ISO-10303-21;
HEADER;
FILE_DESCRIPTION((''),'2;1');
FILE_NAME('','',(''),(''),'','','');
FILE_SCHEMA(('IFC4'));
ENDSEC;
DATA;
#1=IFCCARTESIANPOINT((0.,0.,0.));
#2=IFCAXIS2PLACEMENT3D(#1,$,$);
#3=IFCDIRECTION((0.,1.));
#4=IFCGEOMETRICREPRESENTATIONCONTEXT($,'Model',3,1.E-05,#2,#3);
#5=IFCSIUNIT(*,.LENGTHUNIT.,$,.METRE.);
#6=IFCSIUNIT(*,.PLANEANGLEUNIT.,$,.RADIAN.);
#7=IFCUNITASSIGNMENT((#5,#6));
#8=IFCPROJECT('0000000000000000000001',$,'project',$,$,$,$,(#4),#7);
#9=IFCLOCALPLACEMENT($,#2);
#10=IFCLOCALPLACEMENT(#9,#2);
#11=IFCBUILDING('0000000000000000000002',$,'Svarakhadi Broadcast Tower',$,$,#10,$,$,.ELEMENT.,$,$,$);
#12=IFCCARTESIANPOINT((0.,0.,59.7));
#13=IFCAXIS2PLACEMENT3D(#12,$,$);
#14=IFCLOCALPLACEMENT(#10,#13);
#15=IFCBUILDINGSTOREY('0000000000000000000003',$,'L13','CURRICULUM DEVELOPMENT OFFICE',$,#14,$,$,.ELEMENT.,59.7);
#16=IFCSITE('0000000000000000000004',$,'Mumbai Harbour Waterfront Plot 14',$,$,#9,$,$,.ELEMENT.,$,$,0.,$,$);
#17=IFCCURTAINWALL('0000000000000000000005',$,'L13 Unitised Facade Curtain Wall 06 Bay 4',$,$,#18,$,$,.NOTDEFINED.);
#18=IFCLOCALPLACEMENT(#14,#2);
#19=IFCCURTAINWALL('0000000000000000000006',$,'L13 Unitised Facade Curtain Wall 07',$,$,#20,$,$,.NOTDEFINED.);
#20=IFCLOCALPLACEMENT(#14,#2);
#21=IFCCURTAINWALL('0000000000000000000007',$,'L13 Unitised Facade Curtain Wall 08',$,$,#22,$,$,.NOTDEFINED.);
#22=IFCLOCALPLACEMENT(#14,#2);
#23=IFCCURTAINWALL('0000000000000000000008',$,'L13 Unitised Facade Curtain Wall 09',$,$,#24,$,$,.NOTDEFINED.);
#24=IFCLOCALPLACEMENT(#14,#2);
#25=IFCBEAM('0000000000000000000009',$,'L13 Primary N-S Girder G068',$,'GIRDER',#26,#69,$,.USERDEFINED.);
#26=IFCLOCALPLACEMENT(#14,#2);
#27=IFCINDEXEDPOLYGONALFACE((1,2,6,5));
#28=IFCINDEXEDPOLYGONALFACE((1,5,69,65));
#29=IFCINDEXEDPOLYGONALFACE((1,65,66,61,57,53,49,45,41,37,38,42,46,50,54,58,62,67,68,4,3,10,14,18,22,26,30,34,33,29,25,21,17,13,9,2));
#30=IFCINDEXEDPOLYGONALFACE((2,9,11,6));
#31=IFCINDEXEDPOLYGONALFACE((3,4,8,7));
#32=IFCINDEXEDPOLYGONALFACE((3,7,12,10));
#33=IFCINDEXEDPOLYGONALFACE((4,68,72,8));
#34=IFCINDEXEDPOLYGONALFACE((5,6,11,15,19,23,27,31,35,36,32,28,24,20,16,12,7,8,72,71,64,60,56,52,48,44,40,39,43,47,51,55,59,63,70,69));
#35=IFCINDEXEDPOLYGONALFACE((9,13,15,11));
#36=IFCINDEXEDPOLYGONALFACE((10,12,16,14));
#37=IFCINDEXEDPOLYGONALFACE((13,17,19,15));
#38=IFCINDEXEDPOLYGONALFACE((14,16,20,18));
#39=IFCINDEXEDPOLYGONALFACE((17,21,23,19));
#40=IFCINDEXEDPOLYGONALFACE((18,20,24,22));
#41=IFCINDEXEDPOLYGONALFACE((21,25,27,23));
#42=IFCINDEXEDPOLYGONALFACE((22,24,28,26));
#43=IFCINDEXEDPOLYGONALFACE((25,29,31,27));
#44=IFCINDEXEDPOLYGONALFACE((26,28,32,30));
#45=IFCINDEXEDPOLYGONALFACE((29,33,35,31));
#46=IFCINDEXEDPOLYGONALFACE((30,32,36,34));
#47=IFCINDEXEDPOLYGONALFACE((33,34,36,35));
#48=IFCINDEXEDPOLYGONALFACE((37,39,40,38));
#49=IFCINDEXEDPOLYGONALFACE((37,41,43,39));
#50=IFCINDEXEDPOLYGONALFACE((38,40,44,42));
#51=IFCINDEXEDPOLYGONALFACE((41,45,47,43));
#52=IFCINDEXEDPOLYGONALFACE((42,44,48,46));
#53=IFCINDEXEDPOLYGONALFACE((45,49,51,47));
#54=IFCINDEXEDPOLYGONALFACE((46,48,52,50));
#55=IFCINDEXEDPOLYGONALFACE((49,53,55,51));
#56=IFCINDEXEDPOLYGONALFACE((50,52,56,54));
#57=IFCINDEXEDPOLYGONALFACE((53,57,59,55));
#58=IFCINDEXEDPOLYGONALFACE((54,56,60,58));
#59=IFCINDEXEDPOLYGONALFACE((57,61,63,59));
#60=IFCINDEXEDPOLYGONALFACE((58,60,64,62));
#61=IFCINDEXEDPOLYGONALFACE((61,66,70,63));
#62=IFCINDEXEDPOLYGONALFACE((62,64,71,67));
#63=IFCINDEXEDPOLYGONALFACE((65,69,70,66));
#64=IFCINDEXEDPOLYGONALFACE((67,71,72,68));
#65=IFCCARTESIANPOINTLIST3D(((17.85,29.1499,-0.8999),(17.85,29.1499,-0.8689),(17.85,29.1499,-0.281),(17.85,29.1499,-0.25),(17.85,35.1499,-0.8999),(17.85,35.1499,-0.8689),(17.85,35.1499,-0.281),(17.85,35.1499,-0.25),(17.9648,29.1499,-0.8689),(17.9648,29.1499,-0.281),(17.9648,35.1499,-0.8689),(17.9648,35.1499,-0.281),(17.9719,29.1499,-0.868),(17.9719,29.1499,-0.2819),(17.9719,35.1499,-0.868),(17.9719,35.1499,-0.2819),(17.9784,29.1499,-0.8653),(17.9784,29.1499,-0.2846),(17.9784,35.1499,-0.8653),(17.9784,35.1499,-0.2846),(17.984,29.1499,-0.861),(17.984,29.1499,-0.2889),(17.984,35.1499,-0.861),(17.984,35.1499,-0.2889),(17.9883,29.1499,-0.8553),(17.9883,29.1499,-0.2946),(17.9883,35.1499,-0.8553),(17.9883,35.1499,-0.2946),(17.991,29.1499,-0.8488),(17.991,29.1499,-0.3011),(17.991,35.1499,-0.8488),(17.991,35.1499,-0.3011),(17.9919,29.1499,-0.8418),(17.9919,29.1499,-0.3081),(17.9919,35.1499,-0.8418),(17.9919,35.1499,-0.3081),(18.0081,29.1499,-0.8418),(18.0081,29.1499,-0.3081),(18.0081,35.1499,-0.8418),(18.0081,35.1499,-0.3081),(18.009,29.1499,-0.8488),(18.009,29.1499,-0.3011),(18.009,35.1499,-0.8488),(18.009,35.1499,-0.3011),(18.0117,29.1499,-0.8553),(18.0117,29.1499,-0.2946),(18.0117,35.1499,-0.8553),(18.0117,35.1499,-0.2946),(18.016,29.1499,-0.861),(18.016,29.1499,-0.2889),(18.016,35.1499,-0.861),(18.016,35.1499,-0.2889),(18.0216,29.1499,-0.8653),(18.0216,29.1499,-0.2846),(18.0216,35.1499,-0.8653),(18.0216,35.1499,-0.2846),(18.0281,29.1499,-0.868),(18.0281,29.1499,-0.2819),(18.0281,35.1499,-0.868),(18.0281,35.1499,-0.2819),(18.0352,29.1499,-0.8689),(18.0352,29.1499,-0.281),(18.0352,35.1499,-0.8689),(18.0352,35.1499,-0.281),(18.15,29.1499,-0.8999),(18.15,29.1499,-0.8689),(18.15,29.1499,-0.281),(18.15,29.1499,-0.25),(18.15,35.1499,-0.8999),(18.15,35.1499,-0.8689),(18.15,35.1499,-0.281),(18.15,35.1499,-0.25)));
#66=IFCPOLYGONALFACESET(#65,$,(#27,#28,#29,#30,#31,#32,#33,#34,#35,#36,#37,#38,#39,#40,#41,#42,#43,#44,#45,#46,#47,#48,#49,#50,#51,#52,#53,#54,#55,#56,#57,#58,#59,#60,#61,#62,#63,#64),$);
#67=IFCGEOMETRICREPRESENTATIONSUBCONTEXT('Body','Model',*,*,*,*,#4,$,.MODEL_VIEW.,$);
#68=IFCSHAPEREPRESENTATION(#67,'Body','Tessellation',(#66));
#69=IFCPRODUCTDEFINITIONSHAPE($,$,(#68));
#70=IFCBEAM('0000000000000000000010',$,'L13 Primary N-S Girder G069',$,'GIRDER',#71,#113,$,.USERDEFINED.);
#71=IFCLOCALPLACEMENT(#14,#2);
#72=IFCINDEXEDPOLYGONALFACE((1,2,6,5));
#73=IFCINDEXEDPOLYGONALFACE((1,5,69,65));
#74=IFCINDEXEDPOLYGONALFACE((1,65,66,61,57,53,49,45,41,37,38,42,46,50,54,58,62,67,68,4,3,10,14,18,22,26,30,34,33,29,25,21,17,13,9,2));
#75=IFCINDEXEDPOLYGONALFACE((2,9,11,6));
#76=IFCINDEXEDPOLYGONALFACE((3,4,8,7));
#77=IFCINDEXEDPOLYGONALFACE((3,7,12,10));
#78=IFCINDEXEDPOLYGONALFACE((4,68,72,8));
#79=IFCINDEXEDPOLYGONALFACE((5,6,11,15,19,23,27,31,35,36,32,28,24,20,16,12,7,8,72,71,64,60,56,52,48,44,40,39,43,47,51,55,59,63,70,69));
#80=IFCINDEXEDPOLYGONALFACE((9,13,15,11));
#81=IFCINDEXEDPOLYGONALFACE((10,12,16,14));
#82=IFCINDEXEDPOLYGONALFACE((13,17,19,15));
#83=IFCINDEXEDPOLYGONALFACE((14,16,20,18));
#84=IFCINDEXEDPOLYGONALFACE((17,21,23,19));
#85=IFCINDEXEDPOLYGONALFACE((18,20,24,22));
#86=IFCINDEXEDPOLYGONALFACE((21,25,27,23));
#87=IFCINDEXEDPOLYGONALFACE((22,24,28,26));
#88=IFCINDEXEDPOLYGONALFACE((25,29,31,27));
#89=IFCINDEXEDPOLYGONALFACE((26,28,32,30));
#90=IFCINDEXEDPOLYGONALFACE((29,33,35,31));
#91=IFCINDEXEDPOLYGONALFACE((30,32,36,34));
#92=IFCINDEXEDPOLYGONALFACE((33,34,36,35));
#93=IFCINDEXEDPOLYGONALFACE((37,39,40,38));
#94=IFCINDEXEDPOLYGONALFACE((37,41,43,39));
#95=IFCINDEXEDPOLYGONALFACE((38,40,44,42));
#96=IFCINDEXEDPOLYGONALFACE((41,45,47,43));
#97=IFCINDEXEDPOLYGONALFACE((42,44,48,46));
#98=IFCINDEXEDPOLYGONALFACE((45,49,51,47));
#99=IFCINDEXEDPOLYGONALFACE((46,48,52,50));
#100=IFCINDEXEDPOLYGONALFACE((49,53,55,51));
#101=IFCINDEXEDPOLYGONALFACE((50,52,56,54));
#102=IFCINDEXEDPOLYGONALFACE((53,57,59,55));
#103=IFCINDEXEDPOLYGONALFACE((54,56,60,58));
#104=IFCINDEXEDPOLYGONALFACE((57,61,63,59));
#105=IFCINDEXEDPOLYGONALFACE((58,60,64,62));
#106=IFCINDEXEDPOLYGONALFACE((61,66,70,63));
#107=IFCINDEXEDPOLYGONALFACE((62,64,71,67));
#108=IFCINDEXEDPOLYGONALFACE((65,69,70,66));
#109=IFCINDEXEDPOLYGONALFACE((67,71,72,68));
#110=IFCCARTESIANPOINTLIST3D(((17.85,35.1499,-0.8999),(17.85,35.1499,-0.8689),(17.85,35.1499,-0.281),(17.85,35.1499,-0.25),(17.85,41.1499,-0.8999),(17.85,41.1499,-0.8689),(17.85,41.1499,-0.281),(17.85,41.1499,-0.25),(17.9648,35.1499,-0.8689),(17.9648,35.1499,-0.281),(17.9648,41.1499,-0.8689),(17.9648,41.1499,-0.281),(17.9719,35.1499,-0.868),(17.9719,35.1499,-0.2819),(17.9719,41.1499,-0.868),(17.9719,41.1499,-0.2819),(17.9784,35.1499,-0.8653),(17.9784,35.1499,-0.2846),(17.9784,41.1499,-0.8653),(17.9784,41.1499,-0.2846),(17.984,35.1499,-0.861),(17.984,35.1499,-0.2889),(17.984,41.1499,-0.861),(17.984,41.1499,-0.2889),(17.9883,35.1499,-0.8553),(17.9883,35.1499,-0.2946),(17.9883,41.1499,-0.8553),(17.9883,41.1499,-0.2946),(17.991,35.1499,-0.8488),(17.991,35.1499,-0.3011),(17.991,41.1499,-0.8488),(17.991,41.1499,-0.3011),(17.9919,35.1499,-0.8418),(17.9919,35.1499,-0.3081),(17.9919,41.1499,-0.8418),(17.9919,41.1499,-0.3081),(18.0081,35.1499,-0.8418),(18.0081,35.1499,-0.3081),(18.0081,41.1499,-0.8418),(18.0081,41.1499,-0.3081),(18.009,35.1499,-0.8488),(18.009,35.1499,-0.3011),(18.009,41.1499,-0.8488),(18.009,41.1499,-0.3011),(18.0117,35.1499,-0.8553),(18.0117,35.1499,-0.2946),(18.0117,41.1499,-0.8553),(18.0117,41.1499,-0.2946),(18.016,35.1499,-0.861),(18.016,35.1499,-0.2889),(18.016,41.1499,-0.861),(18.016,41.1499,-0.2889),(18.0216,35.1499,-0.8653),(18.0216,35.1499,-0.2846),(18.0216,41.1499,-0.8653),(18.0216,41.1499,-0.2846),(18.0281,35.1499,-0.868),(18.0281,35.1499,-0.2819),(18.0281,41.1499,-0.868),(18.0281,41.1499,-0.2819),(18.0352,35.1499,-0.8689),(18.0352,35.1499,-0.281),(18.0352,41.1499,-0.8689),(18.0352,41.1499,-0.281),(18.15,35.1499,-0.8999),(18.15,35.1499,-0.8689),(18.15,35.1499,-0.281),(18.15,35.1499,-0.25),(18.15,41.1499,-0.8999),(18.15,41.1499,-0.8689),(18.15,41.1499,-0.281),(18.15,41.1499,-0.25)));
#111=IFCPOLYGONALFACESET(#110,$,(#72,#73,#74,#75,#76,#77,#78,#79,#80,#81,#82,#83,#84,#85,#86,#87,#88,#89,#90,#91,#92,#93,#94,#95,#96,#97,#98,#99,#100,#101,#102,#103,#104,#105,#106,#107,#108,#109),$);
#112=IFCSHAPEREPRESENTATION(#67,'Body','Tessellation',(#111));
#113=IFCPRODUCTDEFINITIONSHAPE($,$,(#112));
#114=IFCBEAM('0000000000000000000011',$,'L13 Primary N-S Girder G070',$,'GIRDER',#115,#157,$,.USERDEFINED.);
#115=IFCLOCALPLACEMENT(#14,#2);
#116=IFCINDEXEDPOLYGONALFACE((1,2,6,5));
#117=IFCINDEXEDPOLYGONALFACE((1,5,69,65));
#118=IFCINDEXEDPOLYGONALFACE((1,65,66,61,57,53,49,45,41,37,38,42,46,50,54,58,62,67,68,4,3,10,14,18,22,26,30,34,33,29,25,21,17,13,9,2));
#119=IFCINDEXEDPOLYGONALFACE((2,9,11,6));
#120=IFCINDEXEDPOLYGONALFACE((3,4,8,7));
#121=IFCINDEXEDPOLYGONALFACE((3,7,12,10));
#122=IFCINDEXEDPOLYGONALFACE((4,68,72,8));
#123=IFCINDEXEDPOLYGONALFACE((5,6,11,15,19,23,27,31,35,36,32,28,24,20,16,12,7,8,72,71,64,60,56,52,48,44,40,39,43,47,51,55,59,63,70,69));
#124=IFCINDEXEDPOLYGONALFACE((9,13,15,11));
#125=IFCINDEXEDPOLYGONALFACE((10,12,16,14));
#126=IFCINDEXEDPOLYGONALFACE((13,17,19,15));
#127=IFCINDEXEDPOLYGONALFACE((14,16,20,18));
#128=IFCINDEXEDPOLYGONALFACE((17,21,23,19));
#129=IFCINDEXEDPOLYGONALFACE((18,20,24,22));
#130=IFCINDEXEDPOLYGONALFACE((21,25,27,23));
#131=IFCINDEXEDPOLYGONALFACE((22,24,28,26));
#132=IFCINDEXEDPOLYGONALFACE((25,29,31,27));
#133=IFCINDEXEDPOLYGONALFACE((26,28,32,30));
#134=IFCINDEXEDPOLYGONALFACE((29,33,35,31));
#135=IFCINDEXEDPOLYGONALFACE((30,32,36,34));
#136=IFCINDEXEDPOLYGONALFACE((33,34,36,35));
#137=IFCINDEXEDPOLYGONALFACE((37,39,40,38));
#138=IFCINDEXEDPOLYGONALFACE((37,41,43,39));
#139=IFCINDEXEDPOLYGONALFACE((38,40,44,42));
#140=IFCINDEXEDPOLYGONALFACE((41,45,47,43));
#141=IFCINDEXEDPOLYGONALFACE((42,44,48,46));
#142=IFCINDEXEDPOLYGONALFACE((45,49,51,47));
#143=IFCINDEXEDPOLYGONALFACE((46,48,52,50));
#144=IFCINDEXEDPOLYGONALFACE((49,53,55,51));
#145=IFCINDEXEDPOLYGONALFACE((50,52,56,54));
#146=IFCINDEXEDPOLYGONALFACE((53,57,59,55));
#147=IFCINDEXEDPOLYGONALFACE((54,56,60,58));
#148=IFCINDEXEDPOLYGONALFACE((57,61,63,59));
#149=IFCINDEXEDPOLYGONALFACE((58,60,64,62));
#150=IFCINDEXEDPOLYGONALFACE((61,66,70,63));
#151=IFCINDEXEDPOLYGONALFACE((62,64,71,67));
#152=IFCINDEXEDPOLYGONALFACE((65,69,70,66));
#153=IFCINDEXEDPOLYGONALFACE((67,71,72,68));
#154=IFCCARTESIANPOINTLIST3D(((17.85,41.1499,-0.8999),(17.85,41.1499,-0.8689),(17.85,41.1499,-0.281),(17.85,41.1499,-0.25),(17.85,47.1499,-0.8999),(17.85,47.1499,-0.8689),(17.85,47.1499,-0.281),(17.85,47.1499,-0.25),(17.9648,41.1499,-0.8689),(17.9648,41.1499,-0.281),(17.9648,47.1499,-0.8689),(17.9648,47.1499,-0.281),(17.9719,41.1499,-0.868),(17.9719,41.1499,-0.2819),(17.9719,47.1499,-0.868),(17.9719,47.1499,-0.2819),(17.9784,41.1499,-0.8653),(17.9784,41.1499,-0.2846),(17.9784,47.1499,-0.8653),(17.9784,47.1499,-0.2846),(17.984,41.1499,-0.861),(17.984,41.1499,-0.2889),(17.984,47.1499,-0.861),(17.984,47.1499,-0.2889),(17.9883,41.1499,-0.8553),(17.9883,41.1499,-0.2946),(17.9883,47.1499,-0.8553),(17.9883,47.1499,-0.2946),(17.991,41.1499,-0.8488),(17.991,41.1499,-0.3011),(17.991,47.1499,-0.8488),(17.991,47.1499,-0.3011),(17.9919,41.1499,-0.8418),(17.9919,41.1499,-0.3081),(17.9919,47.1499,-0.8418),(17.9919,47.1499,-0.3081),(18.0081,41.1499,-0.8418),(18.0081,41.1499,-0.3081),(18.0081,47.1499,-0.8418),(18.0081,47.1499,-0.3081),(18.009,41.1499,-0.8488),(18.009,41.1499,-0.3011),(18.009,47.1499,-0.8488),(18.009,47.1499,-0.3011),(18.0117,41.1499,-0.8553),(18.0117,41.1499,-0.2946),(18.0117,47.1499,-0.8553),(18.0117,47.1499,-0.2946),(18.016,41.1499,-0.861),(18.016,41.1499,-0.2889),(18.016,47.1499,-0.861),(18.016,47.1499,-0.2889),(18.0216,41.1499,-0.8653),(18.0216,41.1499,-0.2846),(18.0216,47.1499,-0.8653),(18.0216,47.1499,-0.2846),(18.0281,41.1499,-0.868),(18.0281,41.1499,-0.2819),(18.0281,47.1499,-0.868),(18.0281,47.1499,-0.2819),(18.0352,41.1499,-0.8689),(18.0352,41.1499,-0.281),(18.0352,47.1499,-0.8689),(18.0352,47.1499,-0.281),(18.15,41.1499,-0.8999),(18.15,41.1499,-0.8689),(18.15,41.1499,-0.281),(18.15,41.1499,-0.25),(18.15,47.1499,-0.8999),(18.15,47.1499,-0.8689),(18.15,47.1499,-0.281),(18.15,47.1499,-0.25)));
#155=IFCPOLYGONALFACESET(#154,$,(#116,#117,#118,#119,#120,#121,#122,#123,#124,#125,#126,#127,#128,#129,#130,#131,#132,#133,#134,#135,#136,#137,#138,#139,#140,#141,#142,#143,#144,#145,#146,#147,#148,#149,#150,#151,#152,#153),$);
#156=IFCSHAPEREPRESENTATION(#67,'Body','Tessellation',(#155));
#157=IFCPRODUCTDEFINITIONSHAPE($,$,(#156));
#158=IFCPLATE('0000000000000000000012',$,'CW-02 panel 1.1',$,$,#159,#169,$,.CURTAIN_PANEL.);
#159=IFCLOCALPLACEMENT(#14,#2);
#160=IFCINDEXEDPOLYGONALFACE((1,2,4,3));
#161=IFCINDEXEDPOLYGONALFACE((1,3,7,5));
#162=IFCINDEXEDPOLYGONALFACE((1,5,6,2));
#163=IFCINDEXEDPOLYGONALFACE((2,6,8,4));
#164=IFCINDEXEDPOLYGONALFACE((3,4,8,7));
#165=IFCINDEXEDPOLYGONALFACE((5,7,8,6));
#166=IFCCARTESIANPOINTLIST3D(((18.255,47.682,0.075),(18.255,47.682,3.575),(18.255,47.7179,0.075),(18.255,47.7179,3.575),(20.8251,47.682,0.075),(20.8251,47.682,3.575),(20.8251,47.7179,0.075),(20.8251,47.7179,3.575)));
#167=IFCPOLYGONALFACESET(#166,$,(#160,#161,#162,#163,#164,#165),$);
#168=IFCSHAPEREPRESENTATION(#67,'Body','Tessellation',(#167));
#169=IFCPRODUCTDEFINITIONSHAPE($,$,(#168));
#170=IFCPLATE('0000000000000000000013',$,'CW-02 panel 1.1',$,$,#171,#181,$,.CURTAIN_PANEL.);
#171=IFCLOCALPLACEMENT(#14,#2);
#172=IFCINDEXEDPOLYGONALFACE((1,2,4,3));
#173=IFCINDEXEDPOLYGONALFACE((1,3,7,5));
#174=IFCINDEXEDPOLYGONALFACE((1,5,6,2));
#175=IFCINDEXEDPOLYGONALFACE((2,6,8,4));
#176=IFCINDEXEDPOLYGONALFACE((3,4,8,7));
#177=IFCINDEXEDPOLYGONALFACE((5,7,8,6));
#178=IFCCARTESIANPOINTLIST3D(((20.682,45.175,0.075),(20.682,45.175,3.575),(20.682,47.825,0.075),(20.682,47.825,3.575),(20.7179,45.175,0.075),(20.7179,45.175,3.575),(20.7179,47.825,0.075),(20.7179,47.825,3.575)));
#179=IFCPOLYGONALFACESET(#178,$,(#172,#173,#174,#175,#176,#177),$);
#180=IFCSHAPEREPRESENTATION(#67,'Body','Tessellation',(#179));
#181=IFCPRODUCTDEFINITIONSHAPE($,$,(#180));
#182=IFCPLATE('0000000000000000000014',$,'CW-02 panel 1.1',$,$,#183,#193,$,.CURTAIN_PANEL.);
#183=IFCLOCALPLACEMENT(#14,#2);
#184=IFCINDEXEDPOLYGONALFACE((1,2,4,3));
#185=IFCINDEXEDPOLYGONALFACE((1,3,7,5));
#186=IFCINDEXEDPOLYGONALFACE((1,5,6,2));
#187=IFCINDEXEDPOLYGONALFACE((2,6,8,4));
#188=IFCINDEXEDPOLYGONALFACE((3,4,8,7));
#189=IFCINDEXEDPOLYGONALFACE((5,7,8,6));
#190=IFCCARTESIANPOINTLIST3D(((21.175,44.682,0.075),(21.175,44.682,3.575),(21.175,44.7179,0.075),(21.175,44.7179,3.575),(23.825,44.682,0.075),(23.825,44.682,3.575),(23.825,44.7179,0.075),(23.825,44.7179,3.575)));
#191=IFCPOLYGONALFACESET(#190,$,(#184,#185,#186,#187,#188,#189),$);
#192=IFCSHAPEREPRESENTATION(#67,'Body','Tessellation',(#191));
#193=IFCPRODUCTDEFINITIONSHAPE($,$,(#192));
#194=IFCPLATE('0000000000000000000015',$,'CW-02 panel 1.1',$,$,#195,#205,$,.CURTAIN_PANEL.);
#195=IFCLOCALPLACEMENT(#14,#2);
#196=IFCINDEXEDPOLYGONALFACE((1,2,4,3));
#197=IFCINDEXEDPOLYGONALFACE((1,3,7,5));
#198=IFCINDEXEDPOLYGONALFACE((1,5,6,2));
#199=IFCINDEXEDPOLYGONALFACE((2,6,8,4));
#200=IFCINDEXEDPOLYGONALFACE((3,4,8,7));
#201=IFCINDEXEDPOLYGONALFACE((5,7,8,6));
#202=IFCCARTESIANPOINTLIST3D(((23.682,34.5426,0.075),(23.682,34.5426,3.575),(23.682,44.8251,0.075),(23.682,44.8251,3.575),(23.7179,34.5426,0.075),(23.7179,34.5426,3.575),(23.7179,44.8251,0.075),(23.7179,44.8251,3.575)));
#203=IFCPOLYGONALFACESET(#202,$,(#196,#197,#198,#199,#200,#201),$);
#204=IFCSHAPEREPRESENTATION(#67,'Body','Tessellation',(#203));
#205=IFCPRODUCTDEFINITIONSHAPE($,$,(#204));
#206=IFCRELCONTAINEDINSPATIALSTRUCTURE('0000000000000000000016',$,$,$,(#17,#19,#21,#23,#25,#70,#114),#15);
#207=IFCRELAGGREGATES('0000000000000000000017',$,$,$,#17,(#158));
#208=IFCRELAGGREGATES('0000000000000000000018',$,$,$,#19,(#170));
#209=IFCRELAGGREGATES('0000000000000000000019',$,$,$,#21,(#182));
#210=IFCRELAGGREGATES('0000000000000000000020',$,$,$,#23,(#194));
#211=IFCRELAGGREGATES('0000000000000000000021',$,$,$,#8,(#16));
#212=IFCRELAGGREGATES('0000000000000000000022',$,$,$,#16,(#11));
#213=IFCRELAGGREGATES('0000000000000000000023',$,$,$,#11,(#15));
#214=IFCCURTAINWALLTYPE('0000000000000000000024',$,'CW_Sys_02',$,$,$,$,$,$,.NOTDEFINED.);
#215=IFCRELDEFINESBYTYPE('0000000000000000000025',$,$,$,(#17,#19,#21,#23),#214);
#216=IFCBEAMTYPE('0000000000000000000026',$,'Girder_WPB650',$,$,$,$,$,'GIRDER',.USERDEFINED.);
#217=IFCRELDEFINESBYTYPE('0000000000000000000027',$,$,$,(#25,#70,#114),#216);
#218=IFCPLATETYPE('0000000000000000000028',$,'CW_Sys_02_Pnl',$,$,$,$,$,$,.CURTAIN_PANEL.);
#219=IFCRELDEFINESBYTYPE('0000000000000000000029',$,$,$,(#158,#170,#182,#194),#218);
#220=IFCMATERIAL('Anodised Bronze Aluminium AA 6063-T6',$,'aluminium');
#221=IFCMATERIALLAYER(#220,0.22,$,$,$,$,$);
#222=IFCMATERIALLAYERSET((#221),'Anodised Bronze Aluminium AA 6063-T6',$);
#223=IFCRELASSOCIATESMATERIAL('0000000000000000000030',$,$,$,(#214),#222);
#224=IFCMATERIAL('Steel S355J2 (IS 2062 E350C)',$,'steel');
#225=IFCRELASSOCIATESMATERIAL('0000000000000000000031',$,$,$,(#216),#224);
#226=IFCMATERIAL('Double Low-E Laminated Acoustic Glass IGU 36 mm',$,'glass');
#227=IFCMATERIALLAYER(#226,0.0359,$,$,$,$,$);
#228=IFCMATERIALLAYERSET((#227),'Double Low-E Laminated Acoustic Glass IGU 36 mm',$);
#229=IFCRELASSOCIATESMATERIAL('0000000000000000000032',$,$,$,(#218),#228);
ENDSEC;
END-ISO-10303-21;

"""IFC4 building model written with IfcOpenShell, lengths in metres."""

from ifc_helpers import new_model, si_unit, direction, frame, origin, origin_2d, place, context, subcontext, project, spatial, rectangle, i_section, extrude, material, layer, layer_set, material_profile, profile_set, type_object, element, aggregate, save


model = new_model("IFC4")

# Units and contexts
model_context = context("Model", 3, precision=1e-05, world=origin(), true_north=direction((0.0, 1.0)))
body_context = subcontext(model_context, "Body", "Model", "MODEL_VIEW")
ifc_project = project(units=[si_unit("LENGTHUNIT", "METRE"), si_unit("PLANEANGLEUNIT", "RADIAN")], contexts=[model_context])

# Site, building, storey
site_placement = place(None, origin())
site = spatial("IfcSite", under=ifc_project, at=site_placement, Name="Mumbai Harbour Waterfront Plot 14", CompositionType="ELEMENT", RefElevation=0.0)
building_placement = place(site_placement, origin())
building = spatial("IfcBuilding", under=site, at=building_placement, Name="Svarakhadi Broadcast Tower", CompositionType="ELEMENT")
storey_placement = place(building_placement, frame((0.0, 0.0, 59.7)))
storey = spatial("IfcBuildingStorey", under=building, at=storey_placement, Name="L13", Description="CURRICULUM DEVELOPMENT OFFICE", CompositionType="ELEMENT", Elevation=59.7)

# Curtain walls
ifc_material_1 = material(Name="Anodised Bronze Aluminium AA 6063-T6", Category="aluminium")
ifc_layer_1 = layer(ifc_material_1, 0.22)
ifc_layer_set_1 = layer_set([ifc_layer_1], Name="Anodised Bronze Aluminium AA 6063-T6")
curtain_wall_type = type_object("IfcCurtainWallType", Name="CW_Sys_02", PredefinedType="NOTDEFINED", material=ifc_layer_set_1)
curtain_wall_1_placement = place(storey_placement, origin())
curtain_wall_1 = element("IfcCurtainWall", 1, at=curtain_wall_1_placement, inside=storey, type_object=curtain_wall_type, Name="L13 Unitised Facade Curtain Wall 06 Bay 4", PredefinedType="NOTDEFINED")
curtain_wall_2_placement = place(storey_placement, origin())
curtain_wall_2 = element("IfcCurtainWall", 2, at=curtain_wall_2_placement, inside=storey, type_object=curtain_wall_type, Name="L13 Unitised Facade Curtain Wall 07", PredefinedType="NOTDEFINED")
curtain_wall_3_placement = place(storey_placement, origin())
curtain_wall_3 = element("IfcCurtainWall", 3, at=curtain_wall_3_placement, inside=storey, type_object=curtain_wall_type, Name="L13 Unitised Facade Curtain Wall 08", PredefinedType="NOTDEFINED")
curtain_wall_4_placement = place(storey_placement, origin())
curtain_wall_4 = element("IfcCurtainWall", 4, at=curtain_wall_4_placement, inside=storey, type_object=curtain_wall_type, Name="L13 Unitised Facade Curtain Wall 09", PredefinedType="NOTDEFINED")

# Beams
ifc_material_2 = material(Name="Steel S355J2 (IS 2062 E350C)", Category="steel")
ifc_material_profile_1 = material_profile(ifc_material_2, i_section(OverallWidth=0.3, OverallDepth=0.6499, WebThickness=0.0161, FlangeThickness=0.031, FilletRadius=0.0271, at=origin_2d()), Name="WPB 650x300x225")
ifc_profile_set_1 = profile_set([ifc_material_profile_1], Name="Steel S355J2 (IS 2062 E350C)")
beam_type = type_object("IfcBeamType", Name="Girder_WPB650", ElementType="GIRDER", PredefinedType="USERDEFINED", material=ifc_profile_set_1)
for number, where, z_axis, x_axis, name in (
    (5, (18.0, 29.1499, -0.575), (0.0, 1.0, 0.0), (-1.0, 0.0, 0.0), "L13 Primary N-S Girder G068"),
    (6, (18.0, 35.1499, -0.575), (0.0, 1.0, 0.0), (-1.0, 0.0, 0.0), "L13 Primary N-S Girder G069"),
    (7, (18.0, 41.1499, -0.575), (0.0, 1.0, 0.0), (-1.0, 0.0, 0.0), "L13 Primary N-S Girder G070"),
):
    element("IfcBeam", number, at=place(storey_placement, frame(where, z_axis=z_axis, x_axis=x_axis)), inside=storey, type_object=beam_type, Name=name, ObjectType="GIRDER", PredefinedType="USERDEFINED", context=body_context, shape_type="SweptSolid", body=[
        extrude(i_section(OverallWidth=0.3, OverallDepth=0.6499, WebThickness=0.0161, FlangeThickness=0.031, FilletRadius=0.0271, at=origin_2d()), origin(), (0.0, 0.0, 1.0), 6.0),
    ])

# Plates
ifc_material_3 = material(Name="Double Low-E Laminated Acoustic Glass IGU 36 mm", Category="glass")
ifc_layer_2 = layer(ifc_material_3, 0.0359)
ifc_layer_set_2 = layer_set([ifc_layer_2], Name="Double Low-E Laminated Acoustic Glass IGU 36 mm")
plate_type = type_object("IfcPlateType", Name="CW_Sys_02_Pnl", PredefinedType="CURTAIN_PANEL", material=ifc_layer_set_2)
plate_1_placement = place(storey_placement, frame((19.54, 47.7, 0.075), z_axis=(0.0, 0.0, 1.0), x_axis=(1.0, 0.0, 0.0)))
plate_1 = element("IfcPlate", 8, at=plate_1_placement, type_object=plate_type, Name="CW-02 panel 1.1", PredefinedType="CURTAIN_PANEL", context=body_context, shape_type="SweptSolid", body=[
    extrude(rectangle(XDim=2.5701, YDim=0.0359, at=origin_2d()), origin(), (0.0, 0.0, 1.0), 3.5),
])
aggregate(curtain_wall_1, [plate_1])
plate_2_placement = place(storey_placement, frame((20.7, 46.5, 0.075), z_axis=(0.0, 0.0, 1.0), x_axis=(0.0, -1.0, 0.0)))
plate_2 = element("IfcPlate", 9, at=plate_2_placement, type_object=plate_type, Name="CW-02 panel 1.1", PredefinedType="CURTAIN_PANEL", context=body_context, shape_type="SweptSolid", body=[
    extrude(rectangle(XDim=2.6499, YDim=0.0359, at=origin_2d()), origin(), (0.0, 0.0, 1.0), 3.5),
])
aggregate(curtain_wall_2, [plate_2])
plate_3_placement = place(storey_placement, frame((22.5, 44.7, 0.075), z_axis=(0.0, 0.0, 1.0), x_axis=(1.0, 0.0, 0.0)))
plate_3 = element("IfcPlate", 10, at=plate_3_placement, type_object=plate_type, Name="CW-02 panel 1.1", PredefinedType="CURTAIN_PANEL", context=body_context, shape_type="SweptSolid", body=[
    extrude(rectangle(XDim=2.6499, YDim=0.0359, at=origin_2d()), origin(), (0.0, 0.0, 1.0), 3.5),
])
aggregate(curtain_wall_3, [plate_3])
plate_4_placement = place(storey_placement, frame((23.7, 39.6838, 0.075), z_axis=(0.0, 0.0, 1.0), x_axis=(0.0, -1.0, 0.0)))
plate_4 = element("IfcPlate", 11, at=plate_4_placement, type_object=plate_type, Name="CW-02 panel 1.1", PredefinedType="CURTAIN_PANEL", context=body_context, shape_type="SweptSolid", body=[
    extrude(rectangle(XDim=10.2825, YDim=0.0359, at=origin_2d()), origin(), (0.0, 0.0, 1.0), 3.5),
])
aggregate(curtain_wall_4, [plate_4])

save(model, "model.ifc")
